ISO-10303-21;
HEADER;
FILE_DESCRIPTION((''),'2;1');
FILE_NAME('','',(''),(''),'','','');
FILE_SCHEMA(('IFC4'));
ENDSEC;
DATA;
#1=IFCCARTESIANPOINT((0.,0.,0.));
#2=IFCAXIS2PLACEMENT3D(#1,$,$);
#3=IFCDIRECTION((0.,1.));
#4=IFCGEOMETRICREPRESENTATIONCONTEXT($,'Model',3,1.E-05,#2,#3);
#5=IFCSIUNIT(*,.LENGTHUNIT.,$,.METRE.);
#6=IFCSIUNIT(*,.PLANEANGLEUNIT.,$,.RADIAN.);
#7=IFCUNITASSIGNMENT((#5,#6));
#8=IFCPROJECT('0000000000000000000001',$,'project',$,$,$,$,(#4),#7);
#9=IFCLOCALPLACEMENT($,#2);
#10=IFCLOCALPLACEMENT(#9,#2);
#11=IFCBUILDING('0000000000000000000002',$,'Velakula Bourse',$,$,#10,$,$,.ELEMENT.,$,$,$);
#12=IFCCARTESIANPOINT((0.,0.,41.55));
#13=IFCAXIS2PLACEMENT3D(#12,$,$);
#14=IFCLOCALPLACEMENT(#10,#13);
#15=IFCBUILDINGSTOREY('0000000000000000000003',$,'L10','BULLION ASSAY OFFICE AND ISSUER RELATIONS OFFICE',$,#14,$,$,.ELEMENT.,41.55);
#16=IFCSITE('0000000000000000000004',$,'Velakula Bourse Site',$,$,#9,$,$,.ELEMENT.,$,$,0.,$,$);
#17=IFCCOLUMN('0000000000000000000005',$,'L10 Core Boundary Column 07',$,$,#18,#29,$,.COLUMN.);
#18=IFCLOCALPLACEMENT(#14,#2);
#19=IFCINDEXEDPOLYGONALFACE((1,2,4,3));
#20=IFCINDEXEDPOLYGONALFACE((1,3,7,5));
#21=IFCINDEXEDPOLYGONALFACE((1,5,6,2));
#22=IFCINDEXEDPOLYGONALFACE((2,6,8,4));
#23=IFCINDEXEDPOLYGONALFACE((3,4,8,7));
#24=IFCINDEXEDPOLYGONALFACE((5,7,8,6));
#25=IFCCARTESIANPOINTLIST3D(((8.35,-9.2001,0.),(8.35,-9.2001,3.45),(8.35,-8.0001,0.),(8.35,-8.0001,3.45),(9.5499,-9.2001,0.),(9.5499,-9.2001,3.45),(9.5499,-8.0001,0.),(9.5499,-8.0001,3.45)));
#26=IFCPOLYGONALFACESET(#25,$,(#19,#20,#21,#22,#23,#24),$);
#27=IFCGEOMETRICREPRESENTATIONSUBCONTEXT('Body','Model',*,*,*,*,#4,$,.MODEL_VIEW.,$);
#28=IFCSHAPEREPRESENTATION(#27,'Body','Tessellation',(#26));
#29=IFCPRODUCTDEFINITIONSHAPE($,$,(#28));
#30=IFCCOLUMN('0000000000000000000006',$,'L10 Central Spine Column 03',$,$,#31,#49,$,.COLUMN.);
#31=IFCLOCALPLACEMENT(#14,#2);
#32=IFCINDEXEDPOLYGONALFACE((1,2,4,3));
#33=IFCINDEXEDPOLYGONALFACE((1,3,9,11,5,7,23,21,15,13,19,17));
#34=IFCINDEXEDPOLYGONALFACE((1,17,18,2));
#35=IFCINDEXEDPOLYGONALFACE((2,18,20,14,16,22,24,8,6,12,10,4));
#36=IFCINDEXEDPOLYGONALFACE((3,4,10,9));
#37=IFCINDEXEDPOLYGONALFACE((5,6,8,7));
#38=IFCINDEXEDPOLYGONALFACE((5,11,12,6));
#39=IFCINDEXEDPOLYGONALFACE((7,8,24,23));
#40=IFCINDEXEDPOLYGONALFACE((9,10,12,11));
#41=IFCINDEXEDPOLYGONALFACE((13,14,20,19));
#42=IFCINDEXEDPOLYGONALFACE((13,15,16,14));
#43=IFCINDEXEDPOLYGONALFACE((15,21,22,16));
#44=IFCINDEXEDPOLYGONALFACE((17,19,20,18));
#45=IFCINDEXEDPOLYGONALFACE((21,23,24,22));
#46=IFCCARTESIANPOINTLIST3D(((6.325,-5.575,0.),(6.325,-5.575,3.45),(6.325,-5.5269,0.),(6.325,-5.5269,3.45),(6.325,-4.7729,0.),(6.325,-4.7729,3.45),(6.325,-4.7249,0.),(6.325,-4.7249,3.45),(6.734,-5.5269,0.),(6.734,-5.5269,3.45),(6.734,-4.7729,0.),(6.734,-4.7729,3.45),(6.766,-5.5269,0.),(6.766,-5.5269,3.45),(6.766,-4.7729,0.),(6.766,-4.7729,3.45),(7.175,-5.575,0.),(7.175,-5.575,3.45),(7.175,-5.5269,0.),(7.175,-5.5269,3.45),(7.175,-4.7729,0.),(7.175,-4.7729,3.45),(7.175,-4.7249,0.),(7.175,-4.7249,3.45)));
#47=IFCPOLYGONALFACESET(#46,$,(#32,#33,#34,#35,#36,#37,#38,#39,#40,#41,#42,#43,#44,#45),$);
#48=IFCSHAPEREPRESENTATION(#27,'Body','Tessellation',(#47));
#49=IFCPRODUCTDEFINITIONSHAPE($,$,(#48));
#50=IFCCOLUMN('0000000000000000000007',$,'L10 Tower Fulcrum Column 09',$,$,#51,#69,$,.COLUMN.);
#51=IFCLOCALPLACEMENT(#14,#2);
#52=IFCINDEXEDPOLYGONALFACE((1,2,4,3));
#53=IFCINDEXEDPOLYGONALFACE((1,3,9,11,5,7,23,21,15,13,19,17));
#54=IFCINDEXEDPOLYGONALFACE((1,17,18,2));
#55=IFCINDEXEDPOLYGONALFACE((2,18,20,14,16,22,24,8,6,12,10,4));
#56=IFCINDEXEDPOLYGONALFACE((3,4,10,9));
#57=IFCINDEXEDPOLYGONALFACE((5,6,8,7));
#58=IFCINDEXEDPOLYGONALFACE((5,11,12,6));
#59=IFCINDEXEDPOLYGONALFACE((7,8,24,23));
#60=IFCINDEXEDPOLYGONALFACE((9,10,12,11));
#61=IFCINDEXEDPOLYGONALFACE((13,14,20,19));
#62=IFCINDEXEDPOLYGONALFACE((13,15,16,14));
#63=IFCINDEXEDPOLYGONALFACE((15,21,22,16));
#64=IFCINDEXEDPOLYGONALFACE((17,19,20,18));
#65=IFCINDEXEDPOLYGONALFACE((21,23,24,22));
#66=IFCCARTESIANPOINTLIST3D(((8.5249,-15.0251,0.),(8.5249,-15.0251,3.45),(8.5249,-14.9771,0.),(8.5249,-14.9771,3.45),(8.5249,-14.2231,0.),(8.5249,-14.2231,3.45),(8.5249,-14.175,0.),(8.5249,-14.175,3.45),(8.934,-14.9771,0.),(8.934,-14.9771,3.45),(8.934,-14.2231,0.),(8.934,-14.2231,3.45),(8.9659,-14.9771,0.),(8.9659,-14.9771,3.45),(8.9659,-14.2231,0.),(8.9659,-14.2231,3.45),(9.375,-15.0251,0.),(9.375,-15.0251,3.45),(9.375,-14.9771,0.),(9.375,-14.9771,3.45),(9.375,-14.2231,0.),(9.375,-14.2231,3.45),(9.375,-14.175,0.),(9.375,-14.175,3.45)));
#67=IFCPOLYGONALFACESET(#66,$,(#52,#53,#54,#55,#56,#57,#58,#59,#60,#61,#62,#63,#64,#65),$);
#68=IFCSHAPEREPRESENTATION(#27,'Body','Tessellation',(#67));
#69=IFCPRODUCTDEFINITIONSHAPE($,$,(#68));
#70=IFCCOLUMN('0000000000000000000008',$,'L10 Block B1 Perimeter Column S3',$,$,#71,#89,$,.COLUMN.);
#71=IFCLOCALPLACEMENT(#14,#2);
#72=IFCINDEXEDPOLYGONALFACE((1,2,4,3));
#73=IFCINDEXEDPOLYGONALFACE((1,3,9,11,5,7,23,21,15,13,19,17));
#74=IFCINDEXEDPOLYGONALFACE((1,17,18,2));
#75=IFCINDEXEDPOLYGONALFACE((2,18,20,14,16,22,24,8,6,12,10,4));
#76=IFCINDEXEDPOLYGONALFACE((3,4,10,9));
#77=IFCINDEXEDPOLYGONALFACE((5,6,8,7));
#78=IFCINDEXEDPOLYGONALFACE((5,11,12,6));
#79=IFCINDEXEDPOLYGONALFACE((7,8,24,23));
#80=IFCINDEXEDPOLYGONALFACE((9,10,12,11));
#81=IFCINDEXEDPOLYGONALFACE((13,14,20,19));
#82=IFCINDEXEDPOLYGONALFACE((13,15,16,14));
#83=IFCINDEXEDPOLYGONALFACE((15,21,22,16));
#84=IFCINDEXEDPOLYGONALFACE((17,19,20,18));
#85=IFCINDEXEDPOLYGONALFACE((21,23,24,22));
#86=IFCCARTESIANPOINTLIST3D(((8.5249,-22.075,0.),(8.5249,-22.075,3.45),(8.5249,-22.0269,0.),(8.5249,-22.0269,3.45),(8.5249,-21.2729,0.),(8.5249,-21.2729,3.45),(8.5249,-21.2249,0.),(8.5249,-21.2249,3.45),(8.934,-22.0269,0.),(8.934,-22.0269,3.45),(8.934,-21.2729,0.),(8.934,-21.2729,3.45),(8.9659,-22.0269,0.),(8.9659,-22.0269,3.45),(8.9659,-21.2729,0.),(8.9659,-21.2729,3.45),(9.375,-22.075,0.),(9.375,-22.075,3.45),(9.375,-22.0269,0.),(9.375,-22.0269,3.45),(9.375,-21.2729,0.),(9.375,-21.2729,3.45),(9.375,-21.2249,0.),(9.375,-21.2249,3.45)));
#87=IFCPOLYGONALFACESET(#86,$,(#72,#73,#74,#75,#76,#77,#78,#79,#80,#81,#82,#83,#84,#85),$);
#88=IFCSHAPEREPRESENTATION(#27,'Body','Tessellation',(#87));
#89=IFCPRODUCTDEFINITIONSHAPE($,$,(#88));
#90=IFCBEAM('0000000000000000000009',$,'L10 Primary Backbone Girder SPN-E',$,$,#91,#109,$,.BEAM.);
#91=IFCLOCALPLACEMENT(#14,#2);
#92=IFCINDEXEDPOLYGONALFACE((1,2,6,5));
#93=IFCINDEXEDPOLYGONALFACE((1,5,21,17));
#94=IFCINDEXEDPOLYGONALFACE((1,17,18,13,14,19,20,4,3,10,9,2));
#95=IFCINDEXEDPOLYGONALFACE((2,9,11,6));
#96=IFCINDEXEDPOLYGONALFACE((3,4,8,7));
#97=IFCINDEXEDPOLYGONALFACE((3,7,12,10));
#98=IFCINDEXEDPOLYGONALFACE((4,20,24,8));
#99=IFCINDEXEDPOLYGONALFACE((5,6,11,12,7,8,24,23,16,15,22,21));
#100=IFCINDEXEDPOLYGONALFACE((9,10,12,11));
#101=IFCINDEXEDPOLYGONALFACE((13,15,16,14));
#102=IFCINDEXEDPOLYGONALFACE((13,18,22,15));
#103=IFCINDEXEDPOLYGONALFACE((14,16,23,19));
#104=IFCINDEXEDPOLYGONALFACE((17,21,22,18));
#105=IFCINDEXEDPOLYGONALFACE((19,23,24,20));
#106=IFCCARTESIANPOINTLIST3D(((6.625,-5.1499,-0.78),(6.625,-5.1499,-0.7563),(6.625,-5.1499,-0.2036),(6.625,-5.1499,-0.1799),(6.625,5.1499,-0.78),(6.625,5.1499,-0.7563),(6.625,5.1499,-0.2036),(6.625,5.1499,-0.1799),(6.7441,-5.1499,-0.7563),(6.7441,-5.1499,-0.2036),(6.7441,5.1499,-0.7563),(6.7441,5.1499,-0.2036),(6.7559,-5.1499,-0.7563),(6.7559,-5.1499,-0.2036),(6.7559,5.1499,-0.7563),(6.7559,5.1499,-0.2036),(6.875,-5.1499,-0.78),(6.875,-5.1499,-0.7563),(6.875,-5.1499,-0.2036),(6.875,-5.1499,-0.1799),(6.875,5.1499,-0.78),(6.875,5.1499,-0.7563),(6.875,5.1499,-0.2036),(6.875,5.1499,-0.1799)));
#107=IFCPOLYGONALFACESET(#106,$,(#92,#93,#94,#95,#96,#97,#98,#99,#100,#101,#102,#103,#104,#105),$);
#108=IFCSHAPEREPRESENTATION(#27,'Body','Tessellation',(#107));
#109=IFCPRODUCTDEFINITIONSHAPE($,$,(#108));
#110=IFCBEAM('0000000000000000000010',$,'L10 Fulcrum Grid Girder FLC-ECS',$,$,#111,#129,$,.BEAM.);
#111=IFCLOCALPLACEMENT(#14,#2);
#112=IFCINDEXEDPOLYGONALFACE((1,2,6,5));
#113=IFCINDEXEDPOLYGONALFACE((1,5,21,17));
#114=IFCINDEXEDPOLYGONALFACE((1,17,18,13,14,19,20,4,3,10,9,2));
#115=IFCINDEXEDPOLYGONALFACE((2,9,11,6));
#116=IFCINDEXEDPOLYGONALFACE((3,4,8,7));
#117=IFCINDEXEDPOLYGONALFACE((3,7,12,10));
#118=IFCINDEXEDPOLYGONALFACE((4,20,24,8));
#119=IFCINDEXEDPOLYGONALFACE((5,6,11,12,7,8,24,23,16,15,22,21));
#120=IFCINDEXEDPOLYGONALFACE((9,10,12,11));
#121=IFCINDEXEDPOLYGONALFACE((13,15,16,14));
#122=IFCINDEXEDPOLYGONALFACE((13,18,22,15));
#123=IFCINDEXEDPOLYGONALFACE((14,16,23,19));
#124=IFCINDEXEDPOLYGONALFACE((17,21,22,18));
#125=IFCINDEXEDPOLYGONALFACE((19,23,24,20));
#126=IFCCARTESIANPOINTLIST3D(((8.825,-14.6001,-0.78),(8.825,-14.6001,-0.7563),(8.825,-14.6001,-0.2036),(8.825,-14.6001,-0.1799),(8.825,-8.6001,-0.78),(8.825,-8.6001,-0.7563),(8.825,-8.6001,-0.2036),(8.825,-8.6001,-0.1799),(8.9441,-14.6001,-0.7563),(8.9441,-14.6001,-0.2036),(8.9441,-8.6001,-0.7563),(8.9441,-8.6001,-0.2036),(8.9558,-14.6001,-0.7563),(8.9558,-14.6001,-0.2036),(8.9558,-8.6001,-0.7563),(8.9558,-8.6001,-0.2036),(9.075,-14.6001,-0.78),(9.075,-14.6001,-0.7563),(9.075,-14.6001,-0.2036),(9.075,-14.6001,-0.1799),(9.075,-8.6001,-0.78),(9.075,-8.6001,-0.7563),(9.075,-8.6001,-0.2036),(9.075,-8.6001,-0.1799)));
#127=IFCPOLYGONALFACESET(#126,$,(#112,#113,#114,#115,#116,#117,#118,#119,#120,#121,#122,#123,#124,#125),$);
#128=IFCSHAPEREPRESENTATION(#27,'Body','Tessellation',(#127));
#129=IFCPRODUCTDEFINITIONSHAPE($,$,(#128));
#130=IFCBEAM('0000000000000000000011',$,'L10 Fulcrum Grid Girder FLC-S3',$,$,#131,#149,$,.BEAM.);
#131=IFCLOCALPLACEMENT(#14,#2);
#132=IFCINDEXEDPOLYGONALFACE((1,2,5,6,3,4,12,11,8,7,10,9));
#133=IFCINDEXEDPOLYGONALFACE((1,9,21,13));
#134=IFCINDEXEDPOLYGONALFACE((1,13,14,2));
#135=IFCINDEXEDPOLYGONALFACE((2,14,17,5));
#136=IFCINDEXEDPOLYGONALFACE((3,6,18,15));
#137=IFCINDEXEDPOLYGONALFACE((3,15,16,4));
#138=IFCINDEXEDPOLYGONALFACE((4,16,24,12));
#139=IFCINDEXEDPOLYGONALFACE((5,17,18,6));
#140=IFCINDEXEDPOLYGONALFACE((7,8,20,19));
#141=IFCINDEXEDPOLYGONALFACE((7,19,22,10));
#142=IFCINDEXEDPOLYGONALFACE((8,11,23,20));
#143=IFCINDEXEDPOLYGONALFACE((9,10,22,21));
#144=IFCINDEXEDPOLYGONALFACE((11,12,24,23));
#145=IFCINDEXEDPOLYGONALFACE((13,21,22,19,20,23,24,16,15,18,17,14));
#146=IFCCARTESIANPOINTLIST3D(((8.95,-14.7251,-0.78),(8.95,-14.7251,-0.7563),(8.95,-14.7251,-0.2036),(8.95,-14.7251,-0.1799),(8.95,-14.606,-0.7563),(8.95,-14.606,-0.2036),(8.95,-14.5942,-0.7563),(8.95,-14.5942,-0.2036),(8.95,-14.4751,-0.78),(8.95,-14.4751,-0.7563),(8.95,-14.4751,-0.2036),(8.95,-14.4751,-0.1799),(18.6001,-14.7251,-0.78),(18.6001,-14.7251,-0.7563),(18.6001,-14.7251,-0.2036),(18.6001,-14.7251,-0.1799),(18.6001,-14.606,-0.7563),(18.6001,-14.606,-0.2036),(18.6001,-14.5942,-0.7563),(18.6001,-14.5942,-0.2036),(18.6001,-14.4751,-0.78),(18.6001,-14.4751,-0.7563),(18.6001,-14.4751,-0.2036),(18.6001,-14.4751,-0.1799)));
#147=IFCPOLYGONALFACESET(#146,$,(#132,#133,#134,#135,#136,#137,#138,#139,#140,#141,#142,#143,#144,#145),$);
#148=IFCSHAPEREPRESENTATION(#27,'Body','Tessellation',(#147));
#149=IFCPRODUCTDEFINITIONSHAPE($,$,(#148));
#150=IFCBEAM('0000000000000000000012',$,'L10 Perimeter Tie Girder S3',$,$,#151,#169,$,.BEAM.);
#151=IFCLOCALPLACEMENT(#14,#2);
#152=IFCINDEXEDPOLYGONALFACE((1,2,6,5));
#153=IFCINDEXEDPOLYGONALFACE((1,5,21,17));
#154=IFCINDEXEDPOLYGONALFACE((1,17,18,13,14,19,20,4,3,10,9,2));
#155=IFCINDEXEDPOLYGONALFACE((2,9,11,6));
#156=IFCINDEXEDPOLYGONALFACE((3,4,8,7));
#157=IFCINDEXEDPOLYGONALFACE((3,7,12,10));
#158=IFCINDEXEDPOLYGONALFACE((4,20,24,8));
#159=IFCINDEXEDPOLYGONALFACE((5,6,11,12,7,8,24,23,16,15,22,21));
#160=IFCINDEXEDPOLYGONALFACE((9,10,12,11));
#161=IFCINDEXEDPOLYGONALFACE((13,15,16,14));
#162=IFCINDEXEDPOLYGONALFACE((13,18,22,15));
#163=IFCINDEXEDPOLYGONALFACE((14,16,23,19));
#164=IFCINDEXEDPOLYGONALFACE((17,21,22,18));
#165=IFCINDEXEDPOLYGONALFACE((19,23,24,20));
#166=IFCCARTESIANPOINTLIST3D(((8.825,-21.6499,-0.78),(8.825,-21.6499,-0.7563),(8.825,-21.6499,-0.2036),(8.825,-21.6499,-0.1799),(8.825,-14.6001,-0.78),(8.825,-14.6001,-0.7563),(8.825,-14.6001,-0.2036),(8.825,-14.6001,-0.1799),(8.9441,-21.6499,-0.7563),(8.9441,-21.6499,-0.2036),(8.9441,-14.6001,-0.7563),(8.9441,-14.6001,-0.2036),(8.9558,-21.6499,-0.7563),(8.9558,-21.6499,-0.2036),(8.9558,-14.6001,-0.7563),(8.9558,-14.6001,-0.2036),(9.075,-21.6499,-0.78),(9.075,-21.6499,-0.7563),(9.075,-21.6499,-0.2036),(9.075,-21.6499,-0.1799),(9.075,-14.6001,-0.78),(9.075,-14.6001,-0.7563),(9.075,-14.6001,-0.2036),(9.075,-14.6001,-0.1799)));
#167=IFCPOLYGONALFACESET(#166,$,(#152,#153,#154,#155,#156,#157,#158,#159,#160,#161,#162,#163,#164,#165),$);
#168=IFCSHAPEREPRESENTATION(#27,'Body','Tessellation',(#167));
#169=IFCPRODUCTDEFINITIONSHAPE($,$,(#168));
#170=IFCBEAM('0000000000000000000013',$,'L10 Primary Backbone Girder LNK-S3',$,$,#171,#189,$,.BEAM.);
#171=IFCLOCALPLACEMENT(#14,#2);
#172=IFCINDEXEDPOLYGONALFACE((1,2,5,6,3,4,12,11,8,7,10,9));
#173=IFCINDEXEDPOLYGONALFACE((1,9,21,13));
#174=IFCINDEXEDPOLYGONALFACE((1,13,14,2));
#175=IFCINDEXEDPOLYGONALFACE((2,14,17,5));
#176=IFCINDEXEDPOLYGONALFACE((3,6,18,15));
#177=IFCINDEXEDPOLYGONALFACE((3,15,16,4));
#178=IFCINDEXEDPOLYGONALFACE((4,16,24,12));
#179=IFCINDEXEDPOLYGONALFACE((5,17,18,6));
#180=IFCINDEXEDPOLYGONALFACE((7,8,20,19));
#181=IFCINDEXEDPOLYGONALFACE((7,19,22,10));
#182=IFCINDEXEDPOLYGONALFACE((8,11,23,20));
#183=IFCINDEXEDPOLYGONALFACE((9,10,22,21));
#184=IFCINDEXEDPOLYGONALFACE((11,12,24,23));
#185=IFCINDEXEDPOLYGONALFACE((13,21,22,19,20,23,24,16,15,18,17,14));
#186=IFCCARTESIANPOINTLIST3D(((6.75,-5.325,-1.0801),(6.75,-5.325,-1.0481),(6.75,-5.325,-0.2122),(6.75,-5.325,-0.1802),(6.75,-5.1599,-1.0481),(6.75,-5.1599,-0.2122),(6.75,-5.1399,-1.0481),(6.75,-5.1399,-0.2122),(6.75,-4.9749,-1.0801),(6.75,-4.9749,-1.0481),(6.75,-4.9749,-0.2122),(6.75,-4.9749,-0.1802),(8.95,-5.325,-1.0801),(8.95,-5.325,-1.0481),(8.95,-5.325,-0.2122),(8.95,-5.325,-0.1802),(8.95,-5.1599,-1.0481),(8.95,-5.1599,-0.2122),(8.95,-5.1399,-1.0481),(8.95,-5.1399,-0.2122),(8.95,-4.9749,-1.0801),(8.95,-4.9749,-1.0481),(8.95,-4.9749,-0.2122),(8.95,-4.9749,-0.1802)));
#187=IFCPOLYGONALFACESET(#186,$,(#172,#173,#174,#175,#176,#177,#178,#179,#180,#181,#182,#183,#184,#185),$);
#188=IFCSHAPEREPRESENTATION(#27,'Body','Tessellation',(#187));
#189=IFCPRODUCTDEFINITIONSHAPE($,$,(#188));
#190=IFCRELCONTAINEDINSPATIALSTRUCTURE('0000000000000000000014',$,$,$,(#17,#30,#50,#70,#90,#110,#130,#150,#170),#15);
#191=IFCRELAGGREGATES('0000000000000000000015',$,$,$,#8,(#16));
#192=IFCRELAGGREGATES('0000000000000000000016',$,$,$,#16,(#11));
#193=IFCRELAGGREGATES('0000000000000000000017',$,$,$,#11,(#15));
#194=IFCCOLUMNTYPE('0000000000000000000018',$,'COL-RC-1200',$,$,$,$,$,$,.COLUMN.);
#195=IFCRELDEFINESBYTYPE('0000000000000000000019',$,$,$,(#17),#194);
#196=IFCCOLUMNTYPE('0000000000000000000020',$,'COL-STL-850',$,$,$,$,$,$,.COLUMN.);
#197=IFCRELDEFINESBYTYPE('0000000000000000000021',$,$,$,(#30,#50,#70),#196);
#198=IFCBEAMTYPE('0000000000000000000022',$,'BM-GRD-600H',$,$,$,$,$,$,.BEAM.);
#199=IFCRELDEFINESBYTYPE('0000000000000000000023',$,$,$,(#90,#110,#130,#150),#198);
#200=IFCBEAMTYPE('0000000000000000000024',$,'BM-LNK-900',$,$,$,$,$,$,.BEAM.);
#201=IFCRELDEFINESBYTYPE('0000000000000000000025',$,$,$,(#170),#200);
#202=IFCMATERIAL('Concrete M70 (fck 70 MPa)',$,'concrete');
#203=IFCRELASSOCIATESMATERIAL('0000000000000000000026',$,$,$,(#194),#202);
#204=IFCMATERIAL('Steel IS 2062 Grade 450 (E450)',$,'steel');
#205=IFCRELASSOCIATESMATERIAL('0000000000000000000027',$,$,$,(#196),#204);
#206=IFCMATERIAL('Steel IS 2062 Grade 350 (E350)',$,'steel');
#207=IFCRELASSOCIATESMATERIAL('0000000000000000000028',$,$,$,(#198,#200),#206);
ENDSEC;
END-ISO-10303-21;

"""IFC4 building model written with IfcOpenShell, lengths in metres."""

from ifc_helpers import new_model, si_unit, direction, frame, origin, origin_2d, place, context, subcontext, project, spatial, rectangle, i_section, extrude, material, material_profile, profile_set, type_object, element, save


model = new_model("IFC4")

# Units and contexts
model_context = context("Model", 3, precision=1e-05, world=origin(), true_north=direction((0.0, 1.0)))
body_context = subcontext(model_context, "Body", "Model", "MODEL_VIEW")
ifc_project = project(units=[si_unit("LENGTHUNIT", "METRE"), si_unit("PLANEANGLEUNIT", "RADIAN")], contexts=[model_context])

# Site, building, storey
site_placement = place(None, origin())
site = spatial("IfcSite", under=ifc_project, at=site_placement, Name="Velakula Bourse Site", CompositionType="ELEMENT", RefElevation=0.0)
building_placement = place(site_placement, origin())
building = spatial("IfcBuilding", under=site, at=building_placement, Name="Velakula Bourse", CompositionType="ELEMENT")
storey_placement = place(building_placement, frame((0.0, 0.0, 41.55)))
storey = spatial("IfcBuildingStorey", under=building, at=storey_placement, Name="L10", Description="BULLION ASSAY OFFICE AND ISSUER RELATIONS OFFICE", CompositionType="ELEMENT", Elevation=41.55)

# Columns
ifc_material_1 = material(Name="Concrete M70 (fck 70 MPa)", Category="concrete")
ifc_material_profile_1 = material_profile(ifc_material_1, rectangle(XDim=1.2, YDim=1.2, at=origin_2d()), Name="Concrete M70 (fck 70 MPa)")
ifc_profile_set_1 = profile_set([ifc_material_profile_1], Name="Concrete M70 (fck 70 MPa)")
column_type_1 = type_object("IfcColumnType", Name="COL-RC-1200", PredefinedType="COLUMN", material=ifc_profile_set_1)
column_placement = place(storey_placement, frame((8.95, -8.6001, 0.0), z_axis=(0.0, 0.0, 1.0), x_axis=(1.0, 0.0, 0.0)))
element("IfcColumn", 1, at=column_placement, inside=storey, type_object=column_type_1, Name="L10 Core Boundary Column 07", PredefinedType="COLUMN", context=body_context, shape_type="SweptSolid", body=[
    extrude(rectangle(XDim=1.2, YDim=1.2, at=origin_2d()), origin(), (0.0, 0.0, 1.0), 3.45),
])
ifc_material_2 = material(Name="Steel IS 2062 Grade 450 (E450)", Category="steel")
ifc_material_profile_2 = material_profile(ifc_material_2, i_section(OverallWidth=0.8501, OverallDepth=0.8501, WebThickness=0.032, FlangeThickness=0.0481, at=origin_2d()), Name="Steel IS 2062 Grade 450 (E450)")
ifc_profile_set_2 = profile_set([ifc_material_profile_2], Name="Steel IS 2062 Grade 450 (E450)")
column_type_2 = type_object("IfcColumnType", Name="COL-STL-850", PredefinedType="COLUMN", material=ifc_profile_set_2)
for number, where, z_axis, x_axis, name in (
    (2, (6.75, -5.1499, 0.0), (0.0, 0.0, 1.0), (1.0, 0.0, 0.0), "L10 Central Spine Column 03"),
    (3, (8.95, -14.6001, 0.0), (0.0, 0.0, 1.0), (1.0, 0.0, 0.0), "L10 Tower Fulcrum Column 09"),
    (4, (8.95, -21.6499, 0.0), (0.0, 0.0, 1.0), (1.0, 0.0, 0.0), "L10 Block B1 Perimeter Column S3"),
):
    element("IfcColumn", number, at=place(storey_placement, frame(where, z_axis=z_axis, x_axis=x_axis)), inside=storey, type_object=column_type_2, Name=name, PredefinedType="COLUMN", context=body_context, shape_type="SweptSolid", body=[
        extrude(i_section(OverallWidth=0.8501, OverallDepth=0.8501, WebThickness=0.032, FlangeThickness=0.0481, at=origin_2d()), origin(), (0.0, 0.0, 1.0), 3.45),
    ])

# Beams
ifc_material_3 = material(Name="Steel IS 2062 Grade 350 (E350)", Category="steel")
ifc_material_profile_3 = material_profile(ifc_material_3, i_section(OverallWidth=0.25, OverallDepth=0.6001, WebThickness=0.0117, FlangeThickness=0.0237, at=origin_2d()), Name="Steel IS 2062 Grade 350 (E350)")
ifc_profile_set_3 = profile_set([ifc_material_profile_3], Name="Steel IS 2062 Grade 350 (E350)")
beam_type_1 = type_object("IfcBeamType", Name="BM-GRD-600H", PredefinedType="BEAM", material=ifc_profile_set_3)
beam_1_placement = place(storey_placement, frame((6.75, -5.1499, -0.48), z_axis=(0.0, 1.0, 0.0), x_axis=(-1.0, 0.0, 0.0)))
element("IfcBeam", 5, at=beam_1_placement, inside=storey, type_object=beam_type_1, Name="L10 Primary Backbone Girder SPN-E", PredefinedType="BEAM", context=body_context, shape_type="SweptSolid", body=[
    extrude(i_section(OverallWidth=0.25, OverallDepth=0.6001, WebThickness=0.0117, FlangeThickness=0.0237, at=origin_2d()), origin(), (0.0, 0.0, 1.0), 10.2998),
])
beam_2_placement = place(storey_placement, frame((8.95, -14.6001, -0.48), z_axis=(0.0, 1.0, 0.0), x_axis=(-1.0, 0.0, 0.0)))
element("IfcBeam", 6, at=beam_2_placement, inside=storey, type_object=beam_type_1, Name="L10 Fulcrum Grid Girder FLC-ECS", PredefinedType="BEAM", context=body_context, shape_type="SweptSolid", body=[
    extrude(i_section(OverallWidth=0.25, OverallDepth=0.6001, WebThickness=0.0117, FlangeThickness=0.0237, at=origin_2d()), origin(), (0.0, 0.0, 1.0), 6.0),
])
beam_3_placement = place(storey_placement, frame((8.95, -14.6001, -0.48), z_axis=(1.0, 0.0, 0.0), x_axis=(0.0, 1.0, 0.0)))
element("IfcBeam", 7, at=beam_3_placement, inside=storey, type_object=beam_type_1, Name="L10 Fulcrum Grid Girder FLC-S3", PredefinedType="BEAM", context=body_context, shape_type="SweptSolid", body=[
    extrude(i_section(OverallWidth=0.25, OverallDepth=0.6001, WebThickness=0.0117, FlangeThickness=0.0237, at=origin_2d()), origin(), (0.0, 0.0, 1.0), 9.6501),
])
beam_4_placement = place(storey_placement, frame((8.95, -14.6001, -0.48), z_axis=(0.0, -1.0, 0.0), x_axis=(1.0, 0.0, 0.0)))
element("IfcBeam", 8, at=beam_4_placement, inside=storey, type_object=beam_type_1, Name="L10 Perimeter Tie Girder S3", PredefinedType="BEAM", context=body_context, shape_type="SweptSolid", body=[
    extrude(i_section(OverallWidth=0.25, OverallDepth=0.6001, WebThickness=0.0117, FlangeThickness=0.0237, at=origin_2d()), origin(), (0.0, 0.0, 1.0), 7.0498),
])
ifc_material_profile_4 = material_profile(ifc_material_3, i_section(OverallWidth=0.3501, OverallDepth=0.8999, WebThickness=0.02, FlangeThickness=0.032, at=origin_2d()), Name="Steel IS 2062 Grade 350 (E350)")
ifc_profile_set_4 = profile_set([ifc_material_profile_4], Name="Steel IS 2062 Grade 350 (E350)")
beam_type_2 = type_object("IfcBeamType", Name="BM-LNK-900", PredefinedType="BEAM", material=ifc_profile_set_4)
beam_5_placement = place(storey_placement, frame((6.75, -5.1499, -0.6301), z_axis=(1.0, 0.0, 0.0), x_axis=(0.0, 1.0, 0.0)))
element("IfcBeam", 9, at=beam_5_placement, inside=storey, type_object=beam_type_2, Name="L10 Primary Backbone Girder LNK-S3", PredefinedType="BEAM", context=body_context, shape_type="SweptSolid", body=[
    extrude(i_section(OverallWidth=0.3501, OverallDepth=0.8999, WebThickness=0.02, FlangeThickness=0.032, at=origin_2d()), origin(), (0.0, 0.0, 1.0), 2.2),
])

save(model, "model.ifc")
